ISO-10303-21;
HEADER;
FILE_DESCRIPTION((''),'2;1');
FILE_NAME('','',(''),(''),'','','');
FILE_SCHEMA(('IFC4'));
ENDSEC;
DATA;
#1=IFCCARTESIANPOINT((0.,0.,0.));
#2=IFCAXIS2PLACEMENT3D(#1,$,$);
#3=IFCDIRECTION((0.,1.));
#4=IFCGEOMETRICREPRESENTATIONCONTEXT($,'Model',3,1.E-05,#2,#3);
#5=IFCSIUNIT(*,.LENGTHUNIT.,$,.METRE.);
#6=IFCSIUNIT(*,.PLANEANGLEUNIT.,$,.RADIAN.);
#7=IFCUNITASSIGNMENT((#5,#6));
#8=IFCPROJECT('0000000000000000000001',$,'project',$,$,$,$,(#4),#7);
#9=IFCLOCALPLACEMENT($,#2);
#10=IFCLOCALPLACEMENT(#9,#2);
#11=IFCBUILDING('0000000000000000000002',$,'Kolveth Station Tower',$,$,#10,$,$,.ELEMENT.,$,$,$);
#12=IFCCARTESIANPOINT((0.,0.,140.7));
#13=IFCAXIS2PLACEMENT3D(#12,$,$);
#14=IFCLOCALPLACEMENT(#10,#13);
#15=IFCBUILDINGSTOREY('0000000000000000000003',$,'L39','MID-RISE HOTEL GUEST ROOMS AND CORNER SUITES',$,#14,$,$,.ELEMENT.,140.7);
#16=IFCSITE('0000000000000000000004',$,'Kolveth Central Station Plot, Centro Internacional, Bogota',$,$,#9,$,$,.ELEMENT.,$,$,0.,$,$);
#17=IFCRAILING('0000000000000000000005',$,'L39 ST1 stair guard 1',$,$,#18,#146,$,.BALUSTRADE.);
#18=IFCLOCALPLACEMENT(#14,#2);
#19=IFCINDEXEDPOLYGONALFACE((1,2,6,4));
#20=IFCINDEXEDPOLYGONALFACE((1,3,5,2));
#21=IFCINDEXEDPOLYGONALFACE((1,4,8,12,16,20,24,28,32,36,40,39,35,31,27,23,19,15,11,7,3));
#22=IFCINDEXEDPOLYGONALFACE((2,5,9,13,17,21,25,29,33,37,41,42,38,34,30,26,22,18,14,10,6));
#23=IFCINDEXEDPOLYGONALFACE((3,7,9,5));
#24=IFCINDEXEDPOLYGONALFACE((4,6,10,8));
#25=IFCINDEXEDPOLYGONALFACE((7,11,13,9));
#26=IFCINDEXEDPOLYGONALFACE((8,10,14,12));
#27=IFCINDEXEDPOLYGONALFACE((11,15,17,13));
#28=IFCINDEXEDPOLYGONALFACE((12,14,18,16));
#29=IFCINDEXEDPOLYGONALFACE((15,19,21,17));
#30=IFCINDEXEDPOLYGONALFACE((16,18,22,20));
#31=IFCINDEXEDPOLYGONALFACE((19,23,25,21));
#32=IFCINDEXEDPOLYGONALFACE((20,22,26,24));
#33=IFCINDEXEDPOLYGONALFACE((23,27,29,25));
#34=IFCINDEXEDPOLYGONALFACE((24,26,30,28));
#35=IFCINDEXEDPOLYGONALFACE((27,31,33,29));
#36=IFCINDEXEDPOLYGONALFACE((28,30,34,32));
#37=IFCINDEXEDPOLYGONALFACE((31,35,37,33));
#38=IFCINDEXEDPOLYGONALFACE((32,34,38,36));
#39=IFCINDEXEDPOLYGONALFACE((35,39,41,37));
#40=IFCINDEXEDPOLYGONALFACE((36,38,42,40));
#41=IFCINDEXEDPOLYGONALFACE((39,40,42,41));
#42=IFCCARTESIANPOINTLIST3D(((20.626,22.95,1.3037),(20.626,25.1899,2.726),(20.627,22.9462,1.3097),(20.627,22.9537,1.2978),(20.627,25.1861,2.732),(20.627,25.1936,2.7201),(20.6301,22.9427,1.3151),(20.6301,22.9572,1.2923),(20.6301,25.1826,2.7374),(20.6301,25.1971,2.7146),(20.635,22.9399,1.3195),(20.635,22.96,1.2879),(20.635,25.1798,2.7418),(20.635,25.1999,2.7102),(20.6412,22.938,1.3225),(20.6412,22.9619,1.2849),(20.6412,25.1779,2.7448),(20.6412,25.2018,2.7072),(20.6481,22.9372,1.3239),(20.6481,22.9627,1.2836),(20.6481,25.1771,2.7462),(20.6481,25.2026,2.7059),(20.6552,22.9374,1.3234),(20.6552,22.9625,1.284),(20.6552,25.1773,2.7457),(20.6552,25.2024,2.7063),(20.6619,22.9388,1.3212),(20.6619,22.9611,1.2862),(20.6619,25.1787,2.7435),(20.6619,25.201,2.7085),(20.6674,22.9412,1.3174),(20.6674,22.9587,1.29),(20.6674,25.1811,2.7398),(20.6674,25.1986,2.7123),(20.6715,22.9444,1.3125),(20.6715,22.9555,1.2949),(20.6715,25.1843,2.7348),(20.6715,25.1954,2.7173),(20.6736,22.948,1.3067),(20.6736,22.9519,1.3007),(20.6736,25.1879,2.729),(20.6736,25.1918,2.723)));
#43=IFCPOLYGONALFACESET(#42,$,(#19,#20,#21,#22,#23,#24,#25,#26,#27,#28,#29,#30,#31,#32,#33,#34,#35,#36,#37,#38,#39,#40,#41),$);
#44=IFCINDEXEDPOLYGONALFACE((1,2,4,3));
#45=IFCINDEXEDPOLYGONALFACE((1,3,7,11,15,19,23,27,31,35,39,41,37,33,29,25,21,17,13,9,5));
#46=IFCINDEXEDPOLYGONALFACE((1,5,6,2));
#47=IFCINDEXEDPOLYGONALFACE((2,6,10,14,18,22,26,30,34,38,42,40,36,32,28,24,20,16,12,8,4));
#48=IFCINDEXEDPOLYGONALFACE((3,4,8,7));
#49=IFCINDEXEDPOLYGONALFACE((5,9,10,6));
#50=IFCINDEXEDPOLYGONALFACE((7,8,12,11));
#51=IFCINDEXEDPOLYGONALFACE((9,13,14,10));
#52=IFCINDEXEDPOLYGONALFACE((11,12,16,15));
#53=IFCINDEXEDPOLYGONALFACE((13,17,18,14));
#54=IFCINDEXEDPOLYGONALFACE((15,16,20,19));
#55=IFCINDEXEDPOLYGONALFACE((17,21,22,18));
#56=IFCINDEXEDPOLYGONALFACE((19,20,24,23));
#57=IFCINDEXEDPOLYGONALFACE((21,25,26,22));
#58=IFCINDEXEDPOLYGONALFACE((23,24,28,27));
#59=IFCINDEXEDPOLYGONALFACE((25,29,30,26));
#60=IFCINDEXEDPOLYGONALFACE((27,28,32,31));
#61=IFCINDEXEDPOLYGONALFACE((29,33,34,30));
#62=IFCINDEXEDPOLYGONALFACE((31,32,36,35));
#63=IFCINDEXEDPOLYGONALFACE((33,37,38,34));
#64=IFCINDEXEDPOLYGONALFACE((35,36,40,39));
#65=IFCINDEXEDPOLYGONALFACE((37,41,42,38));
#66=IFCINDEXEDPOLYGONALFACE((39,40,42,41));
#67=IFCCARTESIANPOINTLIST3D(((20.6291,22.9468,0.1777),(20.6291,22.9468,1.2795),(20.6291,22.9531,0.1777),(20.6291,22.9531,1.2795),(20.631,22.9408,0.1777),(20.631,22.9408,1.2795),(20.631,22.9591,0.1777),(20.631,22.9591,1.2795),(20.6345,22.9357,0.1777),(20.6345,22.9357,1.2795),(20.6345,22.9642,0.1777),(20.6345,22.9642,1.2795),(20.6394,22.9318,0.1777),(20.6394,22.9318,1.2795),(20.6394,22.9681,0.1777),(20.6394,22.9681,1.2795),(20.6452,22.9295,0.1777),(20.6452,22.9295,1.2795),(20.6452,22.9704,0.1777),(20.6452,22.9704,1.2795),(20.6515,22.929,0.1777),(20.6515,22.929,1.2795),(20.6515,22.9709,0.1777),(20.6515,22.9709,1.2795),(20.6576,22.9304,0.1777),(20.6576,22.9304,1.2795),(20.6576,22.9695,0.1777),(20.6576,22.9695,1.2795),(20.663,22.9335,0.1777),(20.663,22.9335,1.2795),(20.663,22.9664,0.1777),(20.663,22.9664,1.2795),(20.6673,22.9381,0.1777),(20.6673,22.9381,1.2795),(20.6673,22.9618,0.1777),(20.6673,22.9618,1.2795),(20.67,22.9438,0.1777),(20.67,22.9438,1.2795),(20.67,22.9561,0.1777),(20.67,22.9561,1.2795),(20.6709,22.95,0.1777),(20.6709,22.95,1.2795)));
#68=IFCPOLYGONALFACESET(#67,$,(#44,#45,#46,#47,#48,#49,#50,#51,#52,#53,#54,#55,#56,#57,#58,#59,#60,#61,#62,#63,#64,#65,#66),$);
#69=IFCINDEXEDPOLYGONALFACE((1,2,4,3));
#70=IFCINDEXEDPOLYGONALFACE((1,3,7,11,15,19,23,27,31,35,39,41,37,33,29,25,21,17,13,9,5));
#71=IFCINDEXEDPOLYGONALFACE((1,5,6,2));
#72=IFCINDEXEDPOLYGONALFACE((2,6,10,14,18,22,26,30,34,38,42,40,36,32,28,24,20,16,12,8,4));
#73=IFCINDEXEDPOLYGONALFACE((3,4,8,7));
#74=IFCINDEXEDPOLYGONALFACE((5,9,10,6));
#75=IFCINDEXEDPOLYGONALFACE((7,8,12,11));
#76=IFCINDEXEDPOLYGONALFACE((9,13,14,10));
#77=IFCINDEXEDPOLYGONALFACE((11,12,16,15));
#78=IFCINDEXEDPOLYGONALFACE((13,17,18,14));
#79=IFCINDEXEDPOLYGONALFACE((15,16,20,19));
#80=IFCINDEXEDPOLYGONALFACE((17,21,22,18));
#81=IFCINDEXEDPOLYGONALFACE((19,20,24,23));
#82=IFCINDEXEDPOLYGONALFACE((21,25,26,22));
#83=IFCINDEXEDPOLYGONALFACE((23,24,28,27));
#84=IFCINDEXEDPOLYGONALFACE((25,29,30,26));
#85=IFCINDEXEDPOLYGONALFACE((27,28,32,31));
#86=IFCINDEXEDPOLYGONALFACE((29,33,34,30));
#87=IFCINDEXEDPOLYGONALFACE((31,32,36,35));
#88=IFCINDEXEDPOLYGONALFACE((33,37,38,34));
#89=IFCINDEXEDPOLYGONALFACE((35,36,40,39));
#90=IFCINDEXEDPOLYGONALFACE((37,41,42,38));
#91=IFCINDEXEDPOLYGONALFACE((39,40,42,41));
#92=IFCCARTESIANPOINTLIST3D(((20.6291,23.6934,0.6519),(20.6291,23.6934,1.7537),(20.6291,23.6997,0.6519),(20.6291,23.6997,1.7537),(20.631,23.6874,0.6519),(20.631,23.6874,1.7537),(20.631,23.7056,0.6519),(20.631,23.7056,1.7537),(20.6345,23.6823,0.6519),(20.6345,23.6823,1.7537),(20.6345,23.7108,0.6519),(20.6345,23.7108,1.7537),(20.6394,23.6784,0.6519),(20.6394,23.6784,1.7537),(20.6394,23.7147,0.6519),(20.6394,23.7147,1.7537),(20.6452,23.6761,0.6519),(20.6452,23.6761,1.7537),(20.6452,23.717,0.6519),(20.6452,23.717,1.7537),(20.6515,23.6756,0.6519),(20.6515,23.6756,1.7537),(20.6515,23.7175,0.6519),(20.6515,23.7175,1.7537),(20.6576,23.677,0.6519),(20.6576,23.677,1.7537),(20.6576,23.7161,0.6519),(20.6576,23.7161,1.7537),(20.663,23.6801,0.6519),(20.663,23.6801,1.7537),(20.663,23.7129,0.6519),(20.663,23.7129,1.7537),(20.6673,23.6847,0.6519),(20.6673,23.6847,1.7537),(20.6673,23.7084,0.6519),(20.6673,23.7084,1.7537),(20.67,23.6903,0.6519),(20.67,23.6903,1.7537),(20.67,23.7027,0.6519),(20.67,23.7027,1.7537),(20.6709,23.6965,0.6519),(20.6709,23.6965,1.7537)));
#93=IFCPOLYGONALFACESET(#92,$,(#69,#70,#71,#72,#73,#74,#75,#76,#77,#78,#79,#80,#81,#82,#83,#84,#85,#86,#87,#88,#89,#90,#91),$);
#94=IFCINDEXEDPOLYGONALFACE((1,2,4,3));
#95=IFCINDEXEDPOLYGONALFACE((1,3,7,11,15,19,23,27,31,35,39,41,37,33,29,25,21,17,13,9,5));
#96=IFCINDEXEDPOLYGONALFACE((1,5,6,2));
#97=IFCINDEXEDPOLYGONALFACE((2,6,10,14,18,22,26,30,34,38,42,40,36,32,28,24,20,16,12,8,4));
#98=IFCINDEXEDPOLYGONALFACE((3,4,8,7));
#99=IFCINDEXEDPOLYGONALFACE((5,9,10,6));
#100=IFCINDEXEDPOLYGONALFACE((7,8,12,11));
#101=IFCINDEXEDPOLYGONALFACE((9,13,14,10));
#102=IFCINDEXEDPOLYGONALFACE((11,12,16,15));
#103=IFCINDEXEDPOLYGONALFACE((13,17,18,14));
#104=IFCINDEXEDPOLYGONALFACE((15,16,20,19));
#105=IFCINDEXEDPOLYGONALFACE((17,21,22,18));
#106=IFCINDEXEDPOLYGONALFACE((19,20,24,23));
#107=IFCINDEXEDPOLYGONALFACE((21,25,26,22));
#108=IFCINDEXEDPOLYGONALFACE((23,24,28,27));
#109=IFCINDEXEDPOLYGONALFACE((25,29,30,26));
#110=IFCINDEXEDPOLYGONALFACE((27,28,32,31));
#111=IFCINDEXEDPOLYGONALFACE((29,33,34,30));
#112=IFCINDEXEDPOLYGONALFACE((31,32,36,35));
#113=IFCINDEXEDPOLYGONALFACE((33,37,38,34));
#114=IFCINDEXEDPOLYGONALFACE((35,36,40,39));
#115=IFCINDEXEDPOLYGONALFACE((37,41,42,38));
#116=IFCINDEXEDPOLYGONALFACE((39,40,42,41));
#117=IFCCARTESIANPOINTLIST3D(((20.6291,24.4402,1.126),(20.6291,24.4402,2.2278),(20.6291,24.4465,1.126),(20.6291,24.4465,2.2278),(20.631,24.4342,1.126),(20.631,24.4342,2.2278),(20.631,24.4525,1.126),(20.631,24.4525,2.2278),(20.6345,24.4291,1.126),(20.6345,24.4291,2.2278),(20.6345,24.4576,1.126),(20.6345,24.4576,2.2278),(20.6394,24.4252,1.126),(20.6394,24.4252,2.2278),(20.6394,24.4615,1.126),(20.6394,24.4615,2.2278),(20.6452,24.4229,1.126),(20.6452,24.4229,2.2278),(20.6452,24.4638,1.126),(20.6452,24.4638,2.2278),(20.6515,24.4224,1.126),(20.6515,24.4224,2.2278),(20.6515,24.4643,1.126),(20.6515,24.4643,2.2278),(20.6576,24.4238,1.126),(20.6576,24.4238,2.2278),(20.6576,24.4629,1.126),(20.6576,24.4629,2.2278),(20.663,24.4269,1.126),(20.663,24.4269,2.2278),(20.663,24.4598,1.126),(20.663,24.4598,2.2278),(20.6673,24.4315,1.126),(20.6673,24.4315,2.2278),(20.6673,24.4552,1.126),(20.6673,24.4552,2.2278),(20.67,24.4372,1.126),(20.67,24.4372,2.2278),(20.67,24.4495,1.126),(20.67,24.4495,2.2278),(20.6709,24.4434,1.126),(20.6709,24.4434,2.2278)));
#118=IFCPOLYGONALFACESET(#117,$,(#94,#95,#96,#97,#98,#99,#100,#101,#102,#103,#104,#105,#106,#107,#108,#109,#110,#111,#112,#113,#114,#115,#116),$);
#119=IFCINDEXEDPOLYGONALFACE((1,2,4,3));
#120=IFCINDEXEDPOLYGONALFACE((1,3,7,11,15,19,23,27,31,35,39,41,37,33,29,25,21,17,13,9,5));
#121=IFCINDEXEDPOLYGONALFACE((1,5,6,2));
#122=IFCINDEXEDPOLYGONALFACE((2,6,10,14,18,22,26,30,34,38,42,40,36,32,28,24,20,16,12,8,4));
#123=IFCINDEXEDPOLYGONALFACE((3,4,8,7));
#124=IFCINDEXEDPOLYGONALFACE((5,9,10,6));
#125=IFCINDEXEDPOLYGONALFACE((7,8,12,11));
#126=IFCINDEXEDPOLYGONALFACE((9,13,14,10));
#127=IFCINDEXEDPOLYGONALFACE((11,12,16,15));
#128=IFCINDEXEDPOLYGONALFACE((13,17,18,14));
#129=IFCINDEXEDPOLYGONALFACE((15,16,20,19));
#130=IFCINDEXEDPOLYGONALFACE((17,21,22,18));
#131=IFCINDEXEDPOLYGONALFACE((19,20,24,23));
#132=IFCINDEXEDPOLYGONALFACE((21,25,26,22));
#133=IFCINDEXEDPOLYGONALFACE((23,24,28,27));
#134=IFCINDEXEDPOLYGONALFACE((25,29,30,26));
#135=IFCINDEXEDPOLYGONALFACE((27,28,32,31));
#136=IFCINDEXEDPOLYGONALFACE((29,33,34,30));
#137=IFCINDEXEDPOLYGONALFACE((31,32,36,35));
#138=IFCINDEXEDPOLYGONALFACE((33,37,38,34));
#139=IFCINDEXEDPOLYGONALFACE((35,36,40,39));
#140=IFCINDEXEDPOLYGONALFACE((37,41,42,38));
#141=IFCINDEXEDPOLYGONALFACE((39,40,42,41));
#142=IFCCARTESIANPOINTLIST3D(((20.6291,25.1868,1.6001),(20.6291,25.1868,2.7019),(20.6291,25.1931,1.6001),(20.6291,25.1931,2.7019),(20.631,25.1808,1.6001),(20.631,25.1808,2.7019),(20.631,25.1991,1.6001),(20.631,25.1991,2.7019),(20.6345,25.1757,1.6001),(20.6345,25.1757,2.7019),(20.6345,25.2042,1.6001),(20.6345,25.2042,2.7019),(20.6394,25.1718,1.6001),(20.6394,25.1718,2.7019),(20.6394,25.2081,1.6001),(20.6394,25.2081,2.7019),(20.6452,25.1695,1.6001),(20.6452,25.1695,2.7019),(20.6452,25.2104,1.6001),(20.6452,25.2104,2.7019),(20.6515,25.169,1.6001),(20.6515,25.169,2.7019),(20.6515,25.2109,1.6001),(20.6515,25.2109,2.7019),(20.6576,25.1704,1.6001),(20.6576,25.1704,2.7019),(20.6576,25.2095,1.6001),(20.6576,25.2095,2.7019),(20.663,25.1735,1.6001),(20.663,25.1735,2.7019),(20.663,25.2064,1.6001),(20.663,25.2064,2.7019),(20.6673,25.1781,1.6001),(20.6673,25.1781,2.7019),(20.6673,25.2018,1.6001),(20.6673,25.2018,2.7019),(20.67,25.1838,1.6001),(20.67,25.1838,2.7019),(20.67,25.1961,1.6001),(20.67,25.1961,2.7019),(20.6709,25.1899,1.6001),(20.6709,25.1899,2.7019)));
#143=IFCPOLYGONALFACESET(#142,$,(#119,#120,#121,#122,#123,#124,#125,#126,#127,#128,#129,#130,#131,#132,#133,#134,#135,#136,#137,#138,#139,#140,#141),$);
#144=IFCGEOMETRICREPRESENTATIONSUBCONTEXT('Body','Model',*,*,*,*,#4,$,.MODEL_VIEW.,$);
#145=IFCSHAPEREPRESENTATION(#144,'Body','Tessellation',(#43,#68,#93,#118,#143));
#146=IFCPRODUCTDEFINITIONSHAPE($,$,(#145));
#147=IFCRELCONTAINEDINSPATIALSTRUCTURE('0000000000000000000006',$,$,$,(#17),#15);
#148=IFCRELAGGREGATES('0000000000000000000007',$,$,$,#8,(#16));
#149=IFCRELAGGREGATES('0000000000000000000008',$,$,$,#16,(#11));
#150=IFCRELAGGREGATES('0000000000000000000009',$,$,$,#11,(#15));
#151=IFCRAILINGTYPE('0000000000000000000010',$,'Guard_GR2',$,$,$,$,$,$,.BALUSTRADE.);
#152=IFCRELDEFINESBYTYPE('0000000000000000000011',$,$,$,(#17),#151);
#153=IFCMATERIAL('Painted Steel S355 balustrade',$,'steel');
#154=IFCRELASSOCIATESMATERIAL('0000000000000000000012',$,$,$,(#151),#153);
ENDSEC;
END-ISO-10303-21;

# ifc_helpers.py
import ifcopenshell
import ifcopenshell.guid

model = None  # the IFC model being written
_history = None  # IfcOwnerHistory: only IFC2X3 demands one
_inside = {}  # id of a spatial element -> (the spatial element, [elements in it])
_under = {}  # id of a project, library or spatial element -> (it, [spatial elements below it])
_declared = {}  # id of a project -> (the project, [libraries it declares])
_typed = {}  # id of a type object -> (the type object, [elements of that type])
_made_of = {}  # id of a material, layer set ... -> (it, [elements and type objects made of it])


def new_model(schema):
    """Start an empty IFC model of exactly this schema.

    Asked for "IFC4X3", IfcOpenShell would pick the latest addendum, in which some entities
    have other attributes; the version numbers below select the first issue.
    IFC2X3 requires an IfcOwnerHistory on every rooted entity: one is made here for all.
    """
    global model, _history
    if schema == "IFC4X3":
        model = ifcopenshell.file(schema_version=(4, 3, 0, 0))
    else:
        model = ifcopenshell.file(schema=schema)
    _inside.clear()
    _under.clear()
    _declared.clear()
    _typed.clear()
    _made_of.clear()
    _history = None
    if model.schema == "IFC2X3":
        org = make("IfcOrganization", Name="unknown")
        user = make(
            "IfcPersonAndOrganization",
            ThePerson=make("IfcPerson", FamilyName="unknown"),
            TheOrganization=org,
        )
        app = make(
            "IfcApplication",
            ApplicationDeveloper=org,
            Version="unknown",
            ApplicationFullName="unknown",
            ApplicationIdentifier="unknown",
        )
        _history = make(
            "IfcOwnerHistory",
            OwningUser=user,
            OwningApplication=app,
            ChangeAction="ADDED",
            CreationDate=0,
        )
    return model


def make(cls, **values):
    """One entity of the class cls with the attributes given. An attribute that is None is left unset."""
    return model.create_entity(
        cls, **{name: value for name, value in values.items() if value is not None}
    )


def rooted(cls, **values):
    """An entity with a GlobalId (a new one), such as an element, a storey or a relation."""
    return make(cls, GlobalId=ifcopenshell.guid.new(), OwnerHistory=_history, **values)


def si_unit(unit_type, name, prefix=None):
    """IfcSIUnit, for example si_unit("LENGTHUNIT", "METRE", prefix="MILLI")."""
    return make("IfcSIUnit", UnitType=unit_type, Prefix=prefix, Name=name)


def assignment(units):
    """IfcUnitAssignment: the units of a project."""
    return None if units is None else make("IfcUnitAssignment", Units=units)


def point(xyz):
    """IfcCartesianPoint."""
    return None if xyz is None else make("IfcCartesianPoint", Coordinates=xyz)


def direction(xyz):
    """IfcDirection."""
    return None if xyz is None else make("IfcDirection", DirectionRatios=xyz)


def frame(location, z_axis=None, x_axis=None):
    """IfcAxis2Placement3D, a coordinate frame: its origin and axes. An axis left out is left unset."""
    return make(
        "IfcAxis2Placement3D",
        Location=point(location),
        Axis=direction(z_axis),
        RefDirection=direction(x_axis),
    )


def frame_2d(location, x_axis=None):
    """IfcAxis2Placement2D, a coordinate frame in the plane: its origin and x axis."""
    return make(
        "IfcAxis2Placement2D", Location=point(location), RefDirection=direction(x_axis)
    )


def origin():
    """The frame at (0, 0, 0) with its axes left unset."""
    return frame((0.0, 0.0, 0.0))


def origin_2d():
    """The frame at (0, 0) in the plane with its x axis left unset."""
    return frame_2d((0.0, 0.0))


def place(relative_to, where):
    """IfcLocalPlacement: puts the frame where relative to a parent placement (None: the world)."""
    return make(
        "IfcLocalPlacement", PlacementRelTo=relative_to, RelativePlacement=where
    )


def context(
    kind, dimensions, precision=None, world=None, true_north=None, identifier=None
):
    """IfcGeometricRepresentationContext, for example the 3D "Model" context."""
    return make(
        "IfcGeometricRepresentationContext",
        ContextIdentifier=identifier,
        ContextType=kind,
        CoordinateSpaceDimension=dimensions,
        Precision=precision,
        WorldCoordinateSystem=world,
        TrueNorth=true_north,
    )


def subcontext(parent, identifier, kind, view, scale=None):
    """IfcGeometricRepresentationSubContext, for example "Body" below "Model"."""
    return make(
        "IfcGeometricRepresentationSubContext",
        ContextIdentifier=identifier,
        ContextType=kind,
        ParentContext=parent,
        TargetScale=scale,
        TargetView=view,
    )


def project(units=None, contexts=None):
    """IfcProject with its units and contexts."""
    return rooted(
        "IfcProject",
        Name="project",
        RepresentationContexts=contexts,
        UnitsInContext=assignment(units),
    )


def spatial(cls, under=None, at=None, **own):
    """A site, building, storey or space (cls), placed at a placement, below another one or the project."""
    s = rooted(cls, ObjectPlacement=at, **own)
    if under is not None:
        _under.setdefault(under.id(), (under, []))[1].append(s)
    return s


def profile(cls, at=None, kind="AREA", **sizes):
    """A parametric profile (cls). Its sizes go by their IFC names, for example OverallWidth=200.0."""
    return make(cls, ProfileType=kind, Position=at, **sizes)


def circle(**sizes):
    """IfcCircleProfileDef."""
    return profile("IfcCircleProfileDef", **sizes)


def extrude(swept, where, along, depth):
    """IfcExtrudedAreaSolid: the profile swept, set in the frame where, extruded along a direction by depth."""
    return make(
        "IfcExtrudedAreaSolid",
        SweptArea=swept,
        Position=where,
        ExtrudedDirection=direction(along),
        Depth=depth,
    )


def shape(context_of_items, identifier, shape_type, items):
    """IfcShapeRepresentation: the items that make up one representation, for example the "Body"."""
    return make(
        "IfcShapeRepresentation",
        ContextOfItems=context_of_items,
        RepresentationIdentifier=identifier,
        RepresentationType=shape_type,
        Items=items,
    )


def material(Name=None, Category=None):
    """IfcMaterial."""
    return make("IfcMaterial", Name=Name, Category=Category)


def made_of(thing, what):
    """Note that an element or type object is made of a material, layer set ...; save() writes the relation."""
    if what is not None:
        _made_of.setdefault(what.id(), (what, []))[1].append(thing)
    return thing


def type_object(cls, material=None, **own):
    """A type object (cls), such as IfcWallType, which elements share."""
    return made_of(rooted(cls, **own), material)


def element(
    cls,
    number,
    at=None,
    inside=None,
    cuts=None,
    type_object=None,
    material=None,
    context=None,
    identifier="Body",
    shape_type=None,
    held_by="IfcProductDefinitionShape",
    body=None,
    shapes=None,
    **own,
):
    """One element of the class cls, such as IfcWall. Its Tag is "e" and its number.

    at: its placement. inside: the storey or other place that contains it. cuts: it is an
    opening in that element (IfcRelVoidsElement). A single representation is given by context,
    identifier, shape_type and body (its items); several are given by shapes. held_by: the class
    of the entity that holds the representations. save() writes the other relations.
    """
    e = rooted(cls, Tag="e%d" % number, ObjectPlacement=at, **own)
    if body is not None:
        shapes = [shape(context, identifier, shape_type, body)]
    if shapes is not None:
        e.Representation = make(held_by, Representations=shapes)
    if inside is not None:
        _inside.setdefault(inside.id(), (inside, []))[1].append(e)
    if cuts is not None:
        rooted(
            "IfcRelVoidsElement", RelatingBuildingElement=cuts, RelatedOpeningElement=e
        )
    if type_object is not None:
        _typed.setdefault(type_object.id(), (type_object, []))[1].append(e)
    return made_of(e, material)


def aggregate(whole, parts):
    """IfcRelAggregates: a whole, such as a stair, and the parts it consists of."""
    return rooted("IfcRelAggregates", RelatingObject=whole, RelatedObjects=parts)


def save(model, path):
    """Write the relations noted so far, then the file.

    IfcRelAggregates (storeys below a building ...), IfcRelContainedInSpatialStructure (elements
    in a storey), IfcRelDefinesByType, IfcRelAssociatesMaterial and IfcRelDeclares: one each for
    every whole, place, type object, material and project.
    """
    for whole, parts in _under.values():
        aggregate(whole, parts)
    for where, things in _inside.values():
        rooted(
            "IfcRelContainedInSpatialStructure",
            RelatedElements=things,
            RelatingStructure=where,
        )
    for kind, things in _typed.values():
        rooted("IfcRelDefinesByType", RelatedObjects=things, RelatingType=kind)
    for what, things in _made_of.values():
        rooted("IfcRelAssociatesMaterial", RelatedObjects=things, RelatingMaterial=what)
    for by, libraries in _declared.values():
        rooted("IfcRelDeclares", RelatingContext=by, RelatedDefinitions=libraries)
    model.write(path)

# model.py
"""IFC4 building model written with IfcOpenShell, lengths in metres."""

from ifc_helpers import new_model, si_unit, direction, frame, origin, origin_2d, place, context, subcontext, project, spatial, circle, extrude, material, type_object, element, save


model = new_model("IFC4")

# Units and contexts
model_context = context("Model", 3, precision=1e-05, world=origin(), true_north=direction((0.0, 1.0)))
body_context = subcontext(model_context, "Body", "Model", "MODEL_VIEW")
ifc_project = project(units=[si_unit("LENGTHUNIT", "METRE"), si_unit("PLANEANGLEUNIT", "RADIAN")], contexts=[model_context])

# Site, building, storey
site_placement = place(None, origin())
site = spatial("IfcSite", under=ifc_project, at=site_placement, Name="Kolveth Central Station Plot, Centro Internacional, Bogota", CompositionType="ELEMENT", RefElevation=0.0)
building_placement = place(site_placement, origin())
building = spatial("IfcBuilding", under=site, at=building_placement, Name="Kolveth Station Tower", CompositionType="ELEMENT")
storey_placement = place(building_placement, frame((0.0, 0.0, 140.7)))
storey = spatial("IfcBuildingStorey", under=building, at=storey_placement, Name="L39", Description="MID-RISE HOTEL GUEST ROOMS AND CORNER SUITES", CompositionType="ELEMENT", Elevation=140.7)

# Railing
ifc_material_1 = material(Name="Painted Steel S355 balustrade", Category="steel")
railing_type_1 = type_object("IfcRailingType", Name="Guard_GR2", PredefinedType="BALUSTRADE", material=ifc_material_1)
railing_1_placement = place(storey_placement, frame((20.6499, 22.95, 0.1777)))
element("IfcRailing", 1, at=railing_1_placement, inside=storey, type_object=railing_type_1, Name="L39 ST1 stair guard 1", PredefinedType="BALUSTRADE", context=body_context, shape_type="SweptSolid", body=[
    extrude(circle(Radius=0.0239, at=origin_2d()), frame((0.0, 0.0, 1.126), z_axis=(0.0, 0.844188, 0.536048), x_axis=(-1.0, 0.0, 0.0)), (0.0, 0.0, 1.0), 2.6533),
    extrude(circle(Radius=0.021, at=origin_2d()), origin(), (0.0, 0.0, 1.0), 1.1018),
    extrude(circle(Radius=0.021, at=origin_2d()), frame((0.0, 0.7466, 0.4741)), (0.0, 0.0, 1.0), 1.1018),
    extrude(circle(Radius=0.021, at=origin_2d()), frame((0.0, 1.4934, 0.9482)), (0.0, 0.0, 1.0), 1.1018),
    extrude(circle(Radius=0.021, at=origin_2d()), frame((0.0, 2.24, 1.4224)), (0.0, 0.0, 1.0), 1.1018),
])

save(model, "model.ifc")
